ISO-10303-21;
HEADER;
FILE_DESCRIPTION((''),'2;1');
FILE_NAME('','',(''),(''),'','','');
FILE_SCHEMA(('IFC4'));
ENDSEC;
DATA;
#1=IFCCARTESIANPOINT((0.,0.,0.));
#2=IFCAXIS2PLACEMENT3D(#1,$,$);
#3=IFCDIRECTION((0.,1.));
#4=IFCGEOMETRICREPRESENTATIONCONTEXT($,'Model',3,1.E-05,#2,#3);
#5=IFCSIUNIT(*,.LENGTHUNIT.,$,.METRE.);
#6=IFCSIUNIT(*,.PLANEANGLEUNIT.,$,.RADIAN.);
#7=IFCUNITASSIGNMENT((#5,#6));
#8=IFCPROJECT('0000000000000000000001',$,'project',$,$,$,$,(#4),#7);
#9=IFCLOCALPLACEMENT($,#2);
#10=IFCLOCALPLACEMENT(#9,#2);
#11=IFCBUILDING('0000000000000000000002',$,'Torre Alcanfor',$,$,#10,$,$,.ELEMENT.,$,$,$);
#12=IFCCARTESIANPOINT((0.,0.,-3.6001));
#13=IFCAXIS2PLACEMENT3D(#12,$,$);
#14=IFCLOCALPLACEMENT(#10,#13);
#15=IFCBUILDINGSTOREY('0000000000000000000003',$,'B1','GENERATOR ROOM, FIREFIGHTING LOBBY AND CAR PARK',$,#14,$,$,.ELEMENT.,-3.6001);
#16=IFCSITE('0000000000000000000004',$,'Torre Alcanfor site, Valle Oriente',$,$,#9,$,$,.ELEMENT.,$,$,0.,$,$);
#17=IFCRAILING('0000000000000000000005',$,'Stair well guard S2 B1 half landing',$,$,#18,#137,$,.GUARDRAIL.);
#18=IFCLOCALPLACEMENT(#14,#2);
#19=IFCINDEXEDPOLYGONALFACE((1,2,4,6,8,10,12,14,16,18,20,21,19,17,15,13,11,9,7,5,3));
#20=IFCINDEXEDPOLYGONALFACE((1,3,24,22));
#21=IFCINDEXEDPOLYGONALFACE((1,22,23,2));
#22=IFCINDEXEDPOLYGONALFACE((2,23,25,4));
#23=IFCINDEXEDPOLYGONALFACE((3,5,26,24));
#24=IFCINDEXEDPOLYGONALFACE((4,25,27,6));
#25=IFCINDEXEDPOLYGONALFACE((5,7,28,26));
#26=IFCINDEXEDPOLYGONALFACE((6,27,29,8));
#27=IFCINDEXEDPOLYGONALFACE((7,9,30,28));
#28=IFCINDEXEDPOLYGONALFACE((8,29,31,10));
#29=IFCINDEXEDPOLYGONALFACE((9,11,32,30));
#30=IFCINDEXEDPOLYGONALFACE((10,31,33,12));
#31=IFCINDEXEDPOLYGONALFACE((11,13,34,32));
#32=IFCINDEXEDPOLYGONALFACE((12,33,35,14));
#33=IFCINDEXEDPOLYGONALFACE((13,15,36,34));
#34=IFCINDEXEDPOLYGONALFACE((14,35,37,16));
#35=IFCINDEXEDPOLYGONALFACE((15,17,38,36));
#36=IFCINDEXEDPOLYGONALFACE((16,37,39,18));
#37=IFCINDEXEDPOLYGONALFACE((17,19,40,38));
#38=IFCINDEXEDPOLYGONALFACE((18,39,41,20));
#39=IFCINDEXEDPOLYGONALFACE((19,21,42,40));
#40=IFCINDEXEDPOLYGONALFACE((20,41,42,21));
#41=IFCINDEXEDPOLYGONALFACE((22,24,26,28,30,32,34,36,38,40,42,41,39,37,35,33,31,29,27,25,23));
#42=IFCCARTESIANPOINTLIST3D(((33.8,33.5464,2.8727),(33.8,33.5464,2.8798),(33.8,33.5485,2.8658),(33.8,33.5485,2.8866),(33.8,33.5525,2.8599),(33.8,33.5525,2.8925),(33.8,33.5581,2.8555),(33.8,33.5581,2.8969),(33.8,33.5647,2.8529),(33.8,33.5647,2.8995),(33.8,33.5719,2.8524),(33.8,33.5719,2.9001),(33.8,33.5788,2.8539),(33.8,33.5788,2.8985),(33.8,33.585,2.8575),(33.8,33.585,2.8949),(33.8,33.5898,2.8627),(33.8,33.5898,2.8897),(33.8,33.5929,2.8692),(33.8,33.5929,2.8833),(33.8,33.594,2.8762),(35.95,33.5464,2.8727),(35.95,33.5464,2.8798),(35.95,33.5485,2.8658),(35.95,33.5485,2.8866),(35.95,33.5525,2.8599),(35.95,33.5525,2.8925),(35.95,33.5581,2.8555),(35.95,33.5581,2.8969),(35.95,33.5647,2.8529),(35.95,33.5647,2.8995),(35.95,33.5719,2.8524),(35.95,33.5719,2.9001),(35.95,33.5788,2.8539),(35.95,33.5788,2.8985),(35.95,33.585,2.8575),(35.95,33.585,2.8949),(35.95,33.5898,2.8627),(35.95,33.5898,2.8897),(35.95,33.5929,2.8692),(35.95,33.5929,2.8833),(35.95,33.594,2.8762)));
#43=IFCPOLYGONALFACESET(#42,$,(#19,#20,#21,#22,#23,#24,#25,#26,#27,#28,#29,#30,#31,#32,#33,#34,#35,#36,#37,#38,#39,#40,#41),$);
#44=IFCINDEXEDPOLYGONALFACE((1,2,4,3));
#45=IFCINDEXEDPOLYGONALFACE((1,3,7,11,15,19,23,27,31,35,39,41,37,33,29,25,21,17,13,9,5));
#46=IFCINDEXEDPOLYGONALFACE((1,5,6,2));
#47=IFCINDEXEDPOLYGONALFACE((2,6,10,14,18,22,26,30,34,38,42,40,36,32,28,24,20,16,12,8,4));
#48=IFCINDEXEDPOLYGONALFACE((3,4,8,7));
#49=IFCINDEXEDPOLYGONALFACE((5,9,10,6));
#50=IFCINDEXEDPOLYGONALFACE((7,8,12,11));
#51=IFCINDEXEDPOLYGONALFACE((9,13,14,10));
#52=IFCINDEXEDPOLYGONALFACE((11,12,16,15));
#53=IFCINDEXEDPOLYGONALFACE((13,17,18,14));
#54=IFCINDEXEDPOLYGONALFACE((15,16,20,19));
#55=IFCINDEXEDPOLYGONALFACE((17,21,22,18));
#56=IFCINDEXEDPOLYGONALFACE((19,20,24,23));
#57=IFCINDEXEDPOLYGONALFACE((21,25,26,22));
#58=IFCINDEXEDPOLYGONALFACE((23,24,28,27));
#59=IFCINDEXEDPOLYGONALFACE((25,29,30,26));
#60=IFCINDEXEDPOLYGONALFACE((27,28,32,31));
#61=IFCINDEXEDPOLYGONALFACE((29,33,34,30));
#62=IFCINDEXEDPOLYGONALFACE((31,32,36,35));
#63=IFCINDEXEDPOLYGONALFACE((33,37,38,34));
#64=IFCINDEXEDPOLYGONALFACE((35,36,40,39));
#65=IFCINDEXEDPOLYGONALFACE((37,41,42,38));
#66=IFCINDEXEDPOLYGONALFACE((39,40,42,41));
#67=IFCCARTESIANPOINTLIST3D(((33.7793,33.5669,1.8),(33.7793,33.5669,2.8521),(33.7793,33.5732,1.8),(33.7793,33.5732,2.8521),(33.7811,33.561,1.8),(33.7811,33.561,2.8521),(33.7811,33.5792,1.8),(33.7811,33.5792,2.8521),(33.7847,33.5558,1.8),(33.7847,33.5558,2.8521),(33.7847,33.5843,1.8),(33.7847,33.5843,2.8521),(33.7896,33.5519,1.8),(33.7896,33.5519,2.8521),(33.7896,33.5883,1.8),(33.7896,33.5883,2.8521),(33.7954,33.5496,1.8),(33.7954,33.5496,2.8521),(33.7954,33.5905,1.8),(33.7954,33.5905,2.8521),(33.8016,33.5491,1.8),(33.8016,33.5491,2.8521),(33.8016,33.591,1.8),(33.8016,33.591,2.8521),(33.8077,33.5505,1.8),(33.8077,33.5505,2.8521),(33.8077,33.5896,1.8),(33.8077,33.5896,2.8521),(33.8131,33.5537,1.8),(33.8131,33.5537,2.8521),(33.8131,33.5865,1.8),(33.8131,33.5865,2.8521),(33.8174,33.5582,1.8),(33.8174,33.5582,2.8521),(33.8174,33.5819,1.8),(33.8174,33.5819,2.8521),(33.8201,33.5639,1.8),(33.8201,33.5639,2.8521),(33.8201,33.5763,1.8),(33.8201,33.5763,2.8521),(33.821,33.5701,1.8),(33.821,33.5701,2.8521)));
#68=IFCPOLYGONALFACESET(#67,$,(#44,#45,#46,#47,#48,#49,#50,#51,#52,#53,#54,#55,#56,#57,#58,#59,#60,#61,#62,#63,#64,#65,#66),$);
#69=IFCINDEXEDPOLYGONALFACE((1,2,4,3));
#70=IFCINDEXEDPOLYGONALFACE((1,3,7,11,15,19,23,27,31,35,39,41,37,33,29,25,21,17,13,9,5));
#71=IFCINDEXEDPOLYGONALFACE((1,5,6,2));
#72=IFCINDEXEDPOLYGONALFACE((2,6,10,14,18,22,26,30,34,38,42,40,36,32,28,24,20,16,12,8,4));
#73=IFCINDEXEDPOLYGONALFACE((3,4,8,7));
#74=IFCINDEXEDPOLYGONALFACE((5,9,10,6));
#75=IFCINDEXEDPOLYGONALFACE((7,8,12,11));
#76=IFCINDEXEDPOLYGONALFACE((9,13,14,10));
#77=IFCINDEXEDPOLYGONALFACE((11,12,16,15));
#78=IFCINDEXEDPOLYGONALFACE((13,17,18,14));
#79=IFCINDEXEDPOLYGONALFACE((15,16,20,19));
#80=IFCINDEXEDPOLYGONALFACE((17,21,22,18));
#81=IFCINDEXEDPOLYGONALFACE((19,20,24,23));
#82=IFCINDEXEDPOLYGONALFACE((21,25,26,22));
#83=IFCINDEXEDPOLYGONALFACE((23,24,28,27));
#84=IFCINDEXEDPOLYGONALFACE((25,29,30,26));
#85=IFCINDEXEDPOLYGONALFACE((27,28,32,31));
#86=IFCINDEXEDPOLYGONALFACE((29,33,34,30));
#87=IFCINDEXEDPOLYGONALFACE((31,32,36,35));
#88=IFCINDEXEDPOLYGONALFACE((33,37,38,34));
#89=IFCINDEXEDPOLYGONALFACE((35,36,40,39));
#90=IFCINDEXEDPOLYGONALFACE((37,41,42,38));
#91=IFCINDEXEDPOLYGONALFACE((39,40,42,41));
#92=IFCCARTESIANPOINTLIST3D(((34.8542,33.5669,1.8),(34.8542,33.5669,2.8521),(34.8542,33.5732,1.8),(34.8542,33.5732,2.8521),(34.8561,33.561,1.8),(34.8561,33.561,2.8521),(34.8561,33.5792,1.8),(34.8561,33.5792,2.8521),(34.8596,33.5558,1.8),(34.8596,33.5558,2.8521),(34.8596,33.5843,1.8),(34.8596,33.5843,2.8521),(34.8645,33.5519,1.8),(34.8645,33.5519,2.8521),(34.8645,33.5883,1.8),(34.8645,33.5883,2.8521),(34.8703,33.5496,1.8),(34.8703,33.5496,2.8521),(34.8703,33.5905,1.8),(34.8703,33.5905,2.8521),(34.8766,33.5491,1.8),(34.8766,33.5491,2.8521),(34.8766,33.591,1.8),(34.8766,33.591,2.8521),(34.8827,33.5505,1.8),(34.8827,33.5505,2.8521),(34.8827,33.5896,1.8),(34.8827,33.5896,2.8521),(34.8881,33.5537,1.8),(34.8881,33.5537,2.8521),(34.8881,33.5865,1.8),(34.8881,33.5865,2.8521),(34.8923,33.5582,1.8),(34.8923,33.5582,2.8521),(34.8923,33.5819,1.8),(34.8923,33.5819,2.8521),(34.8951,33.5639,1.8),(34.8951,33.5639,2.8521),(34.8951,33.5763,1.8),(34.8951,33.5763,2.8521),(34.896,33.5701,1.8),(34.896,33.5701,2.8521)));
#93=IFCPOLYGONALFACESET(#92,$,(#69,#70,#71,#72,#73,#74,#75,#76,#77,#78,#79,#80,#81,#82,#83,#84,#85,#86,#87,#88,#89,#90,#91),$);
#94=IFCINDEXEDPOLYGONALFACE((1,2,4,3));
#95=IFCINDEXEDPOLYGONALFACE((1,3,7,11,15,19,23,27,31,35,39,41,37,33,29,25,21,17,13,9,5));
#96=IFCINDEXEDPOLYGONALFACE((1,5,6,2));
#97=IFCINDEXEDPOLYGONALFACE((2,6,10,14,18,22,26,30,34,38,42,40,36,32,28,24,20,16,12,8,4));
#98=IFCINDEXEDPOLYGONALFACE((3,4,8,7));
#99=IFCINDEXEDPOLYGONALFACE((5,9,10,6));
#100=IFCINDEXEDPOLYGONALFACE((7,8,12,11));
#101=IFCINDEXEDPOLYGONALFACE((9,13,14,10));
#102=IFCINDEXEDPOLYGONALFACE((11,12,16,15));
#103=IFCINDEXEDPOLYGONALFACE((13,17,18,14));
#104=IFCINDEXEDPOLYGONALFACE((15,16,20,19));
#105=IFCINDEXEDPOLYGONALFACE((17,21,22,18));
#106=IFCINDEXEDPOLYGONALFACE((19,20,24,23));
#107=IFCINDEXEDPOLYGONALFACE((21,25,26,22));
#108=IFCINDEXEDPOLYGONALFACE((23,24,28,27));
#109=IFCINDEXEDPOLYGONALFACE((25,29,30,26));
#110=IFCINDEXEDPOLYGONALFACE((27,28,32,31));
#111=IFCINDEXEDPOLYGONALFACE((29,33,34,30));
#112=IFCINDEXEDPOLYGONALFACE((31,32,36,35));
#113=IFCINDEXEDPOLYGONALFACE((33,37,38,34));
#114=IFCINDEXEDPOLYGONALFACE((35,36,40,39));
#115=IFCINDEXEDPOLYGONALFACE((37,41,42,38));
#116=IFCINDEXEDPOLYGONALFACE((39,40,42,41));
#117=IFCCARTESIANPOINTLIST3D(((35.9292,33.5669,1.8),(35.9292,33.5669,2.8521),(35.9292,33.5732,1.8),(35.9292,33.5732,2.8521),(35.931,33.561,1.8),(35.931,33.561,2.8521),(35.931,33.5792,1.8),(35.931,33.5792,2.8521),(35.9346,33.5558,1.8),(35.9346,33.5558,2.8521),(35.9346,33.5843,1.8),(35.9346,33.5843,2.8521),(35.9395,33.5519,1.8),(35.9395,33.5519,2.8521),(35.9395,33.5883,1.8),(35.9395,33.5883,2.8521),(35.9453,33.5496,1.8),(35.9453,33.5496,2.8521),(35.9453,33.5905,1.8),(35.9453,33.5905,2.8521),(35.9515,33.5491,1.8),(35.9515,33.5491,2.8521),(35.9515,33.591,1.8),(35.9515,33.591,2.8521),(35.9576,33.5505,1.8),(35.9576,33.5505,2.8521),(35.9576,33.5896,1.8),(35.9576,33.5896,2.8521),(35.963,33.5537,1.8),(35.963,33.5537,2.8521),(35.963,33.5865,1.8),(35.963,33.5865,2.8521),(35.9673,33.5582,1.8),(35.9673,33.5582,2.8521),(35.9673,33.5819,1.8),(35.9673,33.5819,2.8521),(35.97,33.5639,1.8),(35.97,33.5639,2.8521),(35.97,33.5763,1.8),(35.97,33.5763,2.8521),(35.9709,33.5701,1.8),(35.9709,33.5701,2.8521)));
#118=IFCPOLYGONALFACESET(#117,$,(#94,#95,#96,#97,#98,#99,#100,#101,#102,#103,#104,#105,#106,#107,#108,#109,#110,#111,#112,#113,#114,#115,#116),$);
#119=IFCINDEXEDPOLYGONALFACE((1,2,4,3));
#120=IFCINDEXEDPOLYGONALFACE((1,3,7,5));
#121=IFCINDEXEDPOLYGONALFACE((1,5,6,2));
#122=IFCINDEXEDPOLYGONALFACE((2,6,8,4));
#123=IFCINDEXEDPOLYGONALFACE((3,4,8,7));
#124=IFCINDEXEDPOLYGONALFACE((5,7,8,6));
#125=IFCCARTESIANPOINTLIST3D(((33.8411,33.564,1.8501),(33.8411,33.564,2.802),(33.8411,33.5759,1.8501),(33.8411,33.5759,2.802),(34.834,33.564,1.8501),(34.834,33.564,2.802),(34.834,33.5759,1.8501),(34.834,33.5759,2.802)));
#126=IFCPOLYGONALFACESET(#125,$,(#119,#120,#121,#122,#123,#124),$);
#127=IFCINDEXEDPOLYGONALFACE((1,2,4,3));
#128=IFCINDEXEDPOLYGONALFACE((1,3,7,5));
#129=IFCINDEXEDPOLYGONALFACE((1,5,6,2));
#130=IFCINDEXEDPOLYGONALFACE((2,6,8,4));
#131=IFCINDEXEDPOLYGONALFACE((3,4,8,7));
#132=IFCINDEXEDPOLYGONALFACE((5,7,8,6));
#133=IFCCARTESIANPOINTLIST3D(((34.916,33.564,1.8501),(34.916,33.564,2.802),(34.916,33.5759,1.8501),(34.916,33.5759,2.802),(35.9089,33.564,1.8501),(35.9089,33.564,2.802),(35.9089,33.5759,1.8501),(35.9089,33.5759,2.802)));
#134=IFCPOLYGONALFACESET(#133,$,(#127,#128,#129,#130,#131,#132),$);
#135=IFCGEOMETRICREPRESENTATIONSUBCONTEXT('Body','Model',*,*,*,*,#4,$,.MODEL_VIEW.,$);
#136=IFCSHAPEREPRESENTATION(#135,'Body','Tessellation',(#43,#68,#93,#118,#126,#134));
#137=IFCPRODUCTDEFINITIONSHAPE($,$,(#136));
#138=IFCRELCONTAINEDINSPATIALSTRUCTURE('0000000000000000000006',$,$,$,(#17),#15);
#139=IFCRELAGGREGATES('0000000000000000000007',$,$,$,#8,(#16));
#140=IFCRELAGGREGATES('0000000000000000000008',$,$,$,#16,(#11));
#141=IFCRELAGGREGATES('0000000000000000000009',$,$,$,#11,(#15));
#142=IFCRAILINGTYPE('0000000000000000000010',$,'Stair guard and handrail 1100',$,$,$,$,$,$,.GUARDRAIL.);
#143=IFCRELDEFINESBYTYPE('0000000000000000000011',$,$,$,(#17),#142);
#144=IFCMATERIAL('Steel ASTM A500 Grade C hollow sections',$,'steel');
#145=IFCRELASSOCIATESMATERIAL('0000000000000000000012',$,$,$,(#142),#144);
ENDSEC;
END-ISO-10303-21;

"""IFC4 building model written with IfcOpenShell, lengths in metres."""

from ifc_helpers import new_model, si_unit, direction, frame, origin, origin_2d, place, context, subcontext, project, spatial, polyline, circle, outline, extrude, material, type_object, element, save


model = new_model("IFC4")

# Units and contexts
model_context = context("Model", 3, precision=1e-05, world=origin(), true_north=direction((0.0, 1.0)))
body_context = subcontext(model_context, "Body", "Model", "MODEL_VIEW")
ifc_project = project(units=[si_unit("LENGTHUNIT", "METRE"), si_unit("PLANEANGLEUNIT", "RADIAN")], contexts=[model_context])

# Site, building, storey
site_placement = place(None, origin())
site = spatial("IfcSite", under=ifc_project, at=site_placement, Name="Torre Alcanfor site, Valle Oriente", CompositionType="ELEMENT", RefElevation=0.0)
building_placement = place(site_placement, origin())
building = spatial("IfcBuilding", under=site, at=building_placement, Name="Torre Alcanfor", CompositionType="ELEMENT")
storey_placement = place(building_placement, frame((0.0, 0.0, -3.6001)))
storey = spatial("IfcBuildingStorey", under=building, at=storey_placement, Name="B1", Description="GENERATOR ROOM, FIREFIGHTING LOBBY AND CAR PARK", CompositionType="ELEMENT", Elevation=-3.6001)

# Railing
ifc_material_1 = material(Name="Steel ASTM A500 Grade C hollow sections", Category="steel")
railing_type_1 = type_object("IfcRailingType", Name="Stair guard and handrail 1100", PredefinedType="GUARDRAIL", material=ifc_material_1)
for number, where, name in (
    (1, (33.8, 33.5701, 1.8), "Stair well guard S2 B1 half landing"),
):
    element("IfcRailing", number, at=place(storey_placement, frame(where)), inside=storey, type_object=railing_type_1, Name=name, PredefinedType="GUARDRAIL", context=body_context, shape_type="SweptSolid", body=[
        extrude(circle(Radius=0.0239, at=origin_2d()), frame((0.0, 0.0, 1.0762), z_axis=(1.0, 0.0, 0.0), x_axis=(0.0, 1.0, 0.0)), (0.0, 0.0, 1.0), 2.1499),
        extrude(circle(Radius=0.021, at=origin_2d()), origin(), (0.0, 0.0, 1.0), 1.052),
        extrude(circle(Radius=0.021, at=origin_2d()), frame((1.075, 0.0, 0.0)), (0.0, 0.0, 1.0), 1.052),
        extrude(circle(Radius=0.021, at=origin_2d()), frame((2.1499, 0.0, 0.0)), (0.0, 0.0, 1.0), 1.052),
        extrude(outline(polyline([(0.041, 0.05), (1.0339, 0.05), (1.0339, 1.002), (0.041, 1.002), (0.041, 0.05)])), frame((0.0, 0.0059, 0.0), z_axis=(0.0, -1.0, 0.0), x_axis=(1.0, 0.0, 0.0)), (0.0, 0.0, 1.0), 0.012),
        extrude(outline(polyline([(1.116, 0.05), (2.1089, 0.05), (2.1089, 1.002), (1.116, 1.002), (1.116, 0.05)])), frame((0.0, 0.0059, 0.0), z_axis=(0.0, -1.0, 0.0), x_axis=(1.0, 0.0, 0.0)), (0.0, 0.0, 1.0), 0.012),
    ])

save(model, "model.ifc")
